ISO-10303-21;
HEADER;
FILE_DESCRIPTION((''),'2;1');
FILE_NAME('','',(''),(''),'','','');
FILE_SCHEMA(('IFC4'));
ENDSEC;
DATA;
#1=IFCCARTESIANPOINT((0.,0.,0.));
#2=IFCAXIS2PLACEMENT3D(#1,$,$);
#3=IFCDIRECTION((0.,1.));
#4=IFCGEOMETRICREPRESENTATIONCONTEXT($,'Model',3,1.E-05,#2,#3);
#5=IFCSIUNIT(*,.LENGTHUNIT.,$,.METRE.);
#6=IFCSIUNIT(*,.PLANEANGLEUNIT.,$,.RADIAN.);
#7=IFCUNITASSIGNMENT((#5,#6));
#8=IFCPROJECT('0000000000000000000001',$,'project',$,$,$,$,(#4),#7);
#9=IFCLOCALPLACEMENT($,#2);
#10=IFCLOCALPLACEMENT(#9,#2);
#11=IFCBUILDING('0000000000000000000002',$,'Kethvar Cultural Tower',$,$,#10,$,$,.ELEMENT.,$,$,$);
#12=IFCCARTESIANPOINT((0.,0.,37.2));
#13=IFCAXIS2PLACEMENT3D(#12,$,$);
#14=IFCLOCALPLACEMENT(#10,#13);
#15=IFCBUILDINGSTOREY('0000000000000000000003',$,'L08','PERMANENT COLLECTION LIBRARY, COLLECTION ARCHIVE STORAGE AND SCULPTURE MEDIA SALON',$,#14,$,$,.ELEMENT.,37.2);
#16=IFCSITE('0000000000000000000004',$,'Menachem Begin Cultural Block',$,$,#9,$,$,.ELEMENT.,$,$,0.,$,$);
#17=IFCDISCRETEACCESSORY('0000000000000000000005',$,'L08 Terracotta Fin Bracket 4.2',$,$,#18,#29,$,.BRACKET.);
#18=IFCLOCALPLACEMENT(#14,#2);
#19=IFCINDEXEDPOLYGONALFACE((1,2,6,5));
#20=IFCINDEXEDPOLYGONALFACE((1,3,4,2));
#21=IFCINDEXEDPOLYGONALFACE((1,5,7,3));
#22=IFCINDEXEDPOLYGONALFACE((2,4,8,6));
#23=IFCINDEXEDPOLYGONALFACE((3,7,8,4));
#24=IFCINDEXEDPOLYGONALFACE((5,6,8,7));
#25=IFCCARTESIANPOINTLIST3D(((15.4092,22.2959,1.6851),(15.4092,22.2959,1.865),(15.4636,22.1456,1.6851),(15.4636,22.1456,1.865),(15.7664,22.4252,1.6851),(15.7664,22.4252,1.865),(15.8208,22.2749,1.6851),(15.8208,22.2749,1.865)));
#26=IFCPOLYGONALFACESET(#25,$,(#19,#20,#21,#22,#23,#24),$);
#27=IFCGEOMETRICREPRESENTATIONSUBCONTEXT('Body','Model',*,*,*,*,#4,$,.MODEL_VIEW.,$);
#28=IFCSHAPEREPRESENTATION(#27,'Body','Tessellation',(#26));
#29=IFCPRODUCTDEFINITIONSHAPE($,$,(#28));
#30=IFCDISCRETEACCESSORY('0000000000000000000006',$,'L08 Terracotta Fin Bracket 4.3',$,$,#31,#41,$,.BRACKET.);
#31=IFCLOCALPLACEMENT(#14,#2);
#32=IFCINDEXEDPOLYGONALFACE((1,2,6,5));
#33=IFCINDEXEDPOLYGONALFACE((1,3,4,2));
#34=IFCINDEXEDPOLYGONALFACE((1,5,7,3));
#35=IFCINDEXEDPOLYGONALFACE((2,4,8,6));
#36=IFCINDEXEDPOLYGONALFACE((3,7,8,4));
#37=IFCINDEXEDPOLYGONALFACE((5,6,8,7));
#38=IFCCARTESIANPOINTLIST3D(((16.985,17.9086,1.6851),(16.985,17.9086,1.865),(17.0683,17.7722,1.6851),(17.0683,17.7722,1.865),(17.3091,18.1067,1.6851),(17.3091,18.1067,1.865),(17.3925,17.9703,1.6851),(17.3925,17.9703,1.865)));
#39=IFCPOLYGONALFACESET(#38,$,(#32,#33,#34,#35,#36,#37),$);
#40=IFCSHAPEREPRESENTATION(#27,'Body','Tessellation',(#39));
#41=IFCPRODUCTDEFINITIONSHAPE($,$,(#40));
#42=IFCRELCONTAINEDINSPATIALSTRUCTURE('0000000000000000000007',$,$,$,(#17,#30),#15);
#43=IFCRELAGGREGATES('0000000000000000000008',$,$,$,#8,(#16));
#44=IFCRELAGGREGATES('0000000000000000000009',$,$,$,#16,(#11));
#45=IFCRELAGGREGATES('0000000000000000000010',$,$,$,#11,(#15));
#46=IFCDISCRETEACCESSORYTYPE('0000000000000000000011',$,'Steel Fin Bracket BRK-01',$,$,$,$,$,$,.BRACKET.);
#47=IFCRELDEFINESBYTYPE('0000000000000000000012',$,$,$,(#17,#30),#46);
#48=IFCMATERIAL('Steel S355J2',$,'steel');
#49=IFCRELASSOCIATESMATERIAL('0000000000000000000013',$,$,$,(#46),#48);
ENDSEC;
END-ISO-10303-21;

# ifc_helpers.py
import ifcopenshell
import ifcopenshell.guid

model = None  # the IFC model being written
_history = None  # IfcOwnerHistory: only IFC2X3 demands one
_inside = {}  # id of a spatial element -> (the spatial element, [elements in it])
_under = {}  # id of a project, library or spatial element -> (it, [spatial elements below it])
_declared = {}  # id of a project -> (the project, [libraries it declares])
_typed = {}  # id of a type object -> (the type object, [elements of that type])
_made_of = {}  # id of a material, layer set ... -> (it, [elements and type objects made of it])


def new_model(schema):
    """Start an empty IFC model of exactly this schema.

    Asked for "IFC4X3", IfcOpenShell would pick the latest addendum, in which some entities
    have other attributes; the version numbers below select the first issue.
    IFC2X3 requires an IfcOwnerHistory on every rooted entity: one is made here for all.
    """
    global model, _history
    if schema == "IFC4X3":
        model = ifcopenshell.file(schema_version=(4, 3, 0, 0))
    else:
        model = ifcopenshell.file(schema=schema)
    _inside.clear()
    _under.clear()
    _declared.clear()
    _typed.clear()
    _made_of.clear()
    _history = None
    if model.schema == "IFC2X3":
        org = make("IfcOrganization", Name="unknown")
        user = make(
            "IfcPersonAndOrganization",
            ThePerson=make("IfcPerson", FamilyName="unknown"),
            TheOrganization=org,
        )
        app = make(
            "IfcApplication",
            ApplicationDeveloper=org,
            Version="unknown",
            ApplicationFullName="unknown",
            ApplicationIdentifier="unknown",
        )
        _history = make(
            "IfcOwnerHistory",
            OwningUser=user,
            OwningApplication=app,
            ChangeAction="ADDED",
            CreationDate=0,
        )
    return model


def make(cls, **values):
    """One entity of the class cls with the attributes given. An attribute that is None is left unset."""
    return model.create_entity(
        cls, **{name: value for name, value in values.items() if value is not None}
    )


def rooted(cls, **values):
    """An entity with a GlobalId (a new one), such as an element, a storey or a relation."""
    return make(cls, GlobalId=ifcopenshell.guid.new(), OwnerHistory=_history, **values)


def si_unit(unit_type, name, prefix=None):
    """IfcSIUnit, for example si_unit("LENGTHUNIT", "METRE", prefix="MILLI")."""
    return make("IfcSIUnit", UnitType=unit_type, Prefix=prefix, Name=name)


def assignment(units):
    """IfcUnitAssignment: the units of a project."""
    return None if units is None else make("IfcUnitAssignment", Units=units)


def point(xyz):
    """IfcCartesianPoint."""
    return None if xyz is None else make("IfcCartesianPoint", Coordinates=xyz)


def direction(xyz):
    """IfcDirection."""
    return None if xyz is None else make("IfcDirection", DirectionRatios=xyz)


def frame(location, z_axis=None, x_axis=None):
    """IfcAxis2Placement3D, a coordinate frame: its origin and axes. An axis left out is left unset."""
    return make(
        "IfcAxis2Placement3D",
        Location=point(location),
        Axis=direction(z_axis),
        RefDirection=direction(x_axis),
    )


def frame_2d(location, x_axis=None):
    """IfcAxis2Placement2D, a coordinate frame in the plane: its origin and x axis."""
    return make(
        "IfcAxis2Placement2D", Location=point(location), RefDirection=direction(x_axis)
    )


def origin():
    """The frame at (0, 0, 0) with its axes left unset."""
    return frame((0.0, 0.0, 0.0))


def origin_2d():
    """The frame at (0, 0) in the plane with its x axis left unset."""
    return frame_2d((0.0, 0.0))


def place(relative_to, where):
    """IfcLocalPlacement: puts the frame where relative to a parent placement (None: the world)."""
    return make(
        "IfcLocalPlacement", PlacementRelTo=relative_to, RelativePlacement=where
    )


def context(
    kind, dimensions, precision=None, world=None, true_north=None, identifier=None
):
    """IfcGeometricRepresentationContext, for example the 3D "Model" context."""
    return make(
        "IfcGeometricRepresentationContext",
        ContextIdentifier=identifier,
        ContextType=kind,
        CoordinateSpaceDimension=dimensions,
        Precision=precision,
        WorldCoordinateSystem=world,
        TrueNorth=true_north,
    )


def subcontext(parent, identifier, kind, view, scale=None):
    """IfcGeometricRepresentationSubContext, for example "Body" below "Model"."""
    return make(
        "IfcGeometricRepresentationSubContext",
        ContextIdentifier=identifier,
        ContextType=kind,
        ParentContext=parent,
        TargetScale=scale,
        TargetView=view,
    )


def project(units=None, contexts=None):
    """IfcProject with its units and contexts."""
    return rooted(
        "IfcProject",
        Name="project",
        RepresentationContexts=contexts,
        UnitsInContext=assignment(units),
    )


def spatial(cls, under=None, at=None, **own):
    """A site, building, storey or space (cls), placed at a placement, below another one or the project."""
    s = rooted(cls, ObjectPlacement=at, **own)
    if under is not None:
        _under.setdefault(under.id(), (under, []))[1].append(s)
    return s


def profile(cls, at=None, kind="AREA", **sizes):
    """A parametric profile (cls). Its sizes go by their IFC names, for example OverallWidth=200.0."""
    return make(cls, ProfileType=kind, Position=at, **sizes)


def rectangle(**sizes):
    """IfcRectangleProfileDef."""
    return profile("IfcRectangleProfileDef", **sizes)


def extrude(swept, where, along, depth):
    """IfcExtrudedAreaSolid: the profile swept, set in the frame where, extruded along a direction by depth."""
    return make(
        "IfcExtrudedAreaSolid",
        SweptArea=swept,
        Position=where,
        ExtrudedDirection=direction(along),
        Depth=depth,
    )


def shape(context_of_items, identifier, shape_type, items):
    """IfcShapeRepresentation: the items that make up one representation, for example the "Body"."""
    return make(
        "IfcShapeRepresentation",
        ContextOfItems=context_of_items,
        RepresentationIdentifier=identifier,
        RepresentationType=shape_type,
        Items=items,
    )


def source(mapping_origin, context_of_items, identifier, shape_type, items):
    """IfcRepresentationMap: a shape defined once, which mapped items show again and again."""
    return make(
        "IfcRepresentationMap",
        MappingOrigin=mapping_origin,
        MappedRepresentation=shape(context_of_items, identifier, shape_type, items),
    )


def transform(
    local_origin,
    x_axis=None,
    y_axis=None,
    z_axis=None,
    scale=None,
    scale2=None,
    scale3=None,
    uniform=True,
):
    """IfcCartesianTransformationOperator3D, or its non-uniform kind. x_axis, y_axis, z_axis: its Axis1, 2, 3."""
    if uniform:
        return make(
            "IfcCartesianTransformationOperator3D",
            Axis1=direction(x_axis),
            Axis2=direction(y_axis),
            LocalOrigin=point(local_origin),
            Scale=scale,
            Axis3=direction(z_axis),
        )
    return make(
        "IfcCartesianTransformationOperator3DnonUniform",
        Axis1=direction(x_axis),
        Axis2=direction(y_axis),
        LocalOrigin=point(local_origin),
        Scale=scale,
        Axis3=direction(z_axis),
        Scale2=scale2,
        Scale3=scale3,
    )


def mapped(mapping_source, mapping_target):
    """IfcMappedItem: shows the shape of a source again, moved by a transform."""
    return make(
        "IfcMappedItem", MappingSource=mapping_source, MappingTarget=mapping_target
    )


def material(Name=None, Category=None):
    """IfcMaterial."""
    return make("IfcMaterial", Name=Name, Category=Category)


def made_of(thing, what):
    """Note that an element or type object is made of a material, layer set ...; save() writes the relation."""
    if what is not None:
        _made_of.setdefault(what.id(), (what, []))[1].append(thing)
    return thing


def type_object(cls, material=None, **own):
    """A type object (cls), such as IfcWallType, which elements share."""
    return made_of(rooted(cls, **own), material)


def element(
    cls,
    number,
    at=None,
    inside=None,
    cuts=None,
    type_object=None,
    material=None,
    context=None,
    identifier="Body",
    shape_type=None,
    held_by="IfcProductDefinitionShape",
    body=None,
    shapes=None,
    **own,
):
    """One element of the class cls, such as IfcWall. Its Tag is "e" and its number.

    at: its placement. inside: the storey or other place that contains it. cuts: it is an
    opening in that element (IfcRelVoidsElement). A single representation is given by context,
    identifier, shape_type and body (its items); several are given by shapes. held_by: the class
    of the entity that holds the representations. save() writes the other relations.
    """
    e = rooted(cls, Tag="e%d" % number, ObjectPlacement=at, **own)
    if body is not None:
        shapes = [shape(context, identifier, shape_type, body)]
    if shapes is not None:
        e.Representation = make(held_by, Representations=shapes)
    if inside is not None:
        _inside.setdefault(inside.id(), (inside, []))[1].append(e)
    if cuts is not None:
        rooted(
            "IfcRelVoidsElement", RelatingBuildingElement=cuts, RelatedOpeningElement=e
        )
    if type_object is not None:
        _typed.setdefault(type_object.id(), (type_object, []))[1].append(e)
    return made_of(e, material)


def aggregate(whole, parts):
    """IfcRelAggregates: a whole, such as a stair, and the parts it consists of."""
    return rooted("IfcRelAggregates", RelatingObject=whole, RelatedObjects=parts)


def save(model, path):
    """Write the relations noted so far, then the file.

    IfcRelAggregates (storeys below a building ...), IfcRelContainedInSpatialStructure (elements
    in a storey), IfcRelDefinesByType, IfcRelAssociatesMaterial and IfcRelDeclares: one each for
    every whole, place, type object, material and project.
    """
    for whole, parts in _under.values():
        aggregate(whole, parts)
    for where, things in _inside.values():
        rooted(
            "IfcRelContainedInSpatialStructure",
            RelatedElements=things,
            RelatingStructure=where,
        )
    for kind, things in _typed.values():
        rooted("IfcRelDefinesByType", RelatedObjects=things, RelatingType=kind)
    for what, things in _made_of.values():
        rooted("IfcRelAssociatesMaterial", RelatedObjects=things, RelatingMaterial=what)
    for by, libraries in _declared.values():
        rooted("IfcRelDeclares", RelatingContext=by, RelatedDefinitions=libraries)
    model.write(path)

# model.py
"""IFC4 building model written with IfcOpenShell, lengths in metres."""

from ifc_helpers import new_model, si_unit, direction, frame, origin, origin_2d, place, context, subcontext, project, spatial, rectangle, extrude, source, transform, mapped, material, type_object, element, save


model = new_model("IFC4")

# Units and contexts
model_context = context("Model", 3, precision=1e-05, world=origin(), true_north=direction((0.0, 1.0)))
body_context = subcontext(model_context, "Body", "Model", "MODEL_VIEW")
ifc_project = project(units=[si_unit("LENGTHUNIT", "METRE"), si_unit("PLANEANGLEUNIT", "RADIAN")], contexts=[model_context])

# Site, building, storey
site_placement = place(None, origin())
site = spatial("IfcSite", under=ifc_project, at=site_placement, Name="Menachem Begin Cultural Block", CompositionType="ELEMENT", RefElevation=0.0)
building_placement = place(site_placement, origin())
building = spatial("IfcBuilding", under=site, at=building_placement, Name="Kethvar Cultural Tower", CompositionType="ELEMENT")
storey_placement = place(building_placement, frame((0.0, 0.0, 37.2)))
storey = spatial("IfcBuildingStorey", under=building, at=storey_placement, Name="L08", Description="PERMANENT COLLECTION LIBRARY, COLLECTION ARCHIVE STORAGE AND SCULPTURE MEDIA SALON", CompositionType="ELEMENT", Elevation=37.2)

# Shared definitions
ifc_material_1 = material(Name="Steel S355J2", Category="steel")

# Discrete accessories
discrete_accessory_type = type_object("IfcDiscreteAccessoryType", Name="Steel Fin Bracket BRK-01", PredefinedType="BRACKET", material=ifc_material_1)
shared_shape_1 = source(origin(), body_context, "Body", "SweptSolid", [
    extrude(rectangle(XDim=0.3799, YDim=0.1599, at=origin_2d()), origin(), (0.0, 0.0, 1.0), 0.1799),
])
for number, where, z_axis, x_axis, name in (
    (1, (15.615, 22.2854, 1.6851), (0.0, 0.0, 1.0), (-0.940288, -0.34038, 0.0), "L08 Terracotta Fin Bracket 4.2"),
    (2, (17.1887, 17.9395, 1.6851), (0.0, 0.0, 1.0), (-0.853278, -0.521456, 0.0), "L08 Terracotta Fin Bracket 4.3"),
):
    element("IfcDiscreteAccessory", number, at=place(storey_placement, frame(where, z_axis=z_axis, x_axis=x_axis)), inside=storey, type_object=discrete_accessory_type, Name=name, PredefinedType="BRACKET", context=body_context, shape_type="MappedRepresentation", body=[
        mapped(shared_shape_1, transform((0.0, 0.0, 0.0), scale=1.0)),
    ])

save(model, "model.ifc")
